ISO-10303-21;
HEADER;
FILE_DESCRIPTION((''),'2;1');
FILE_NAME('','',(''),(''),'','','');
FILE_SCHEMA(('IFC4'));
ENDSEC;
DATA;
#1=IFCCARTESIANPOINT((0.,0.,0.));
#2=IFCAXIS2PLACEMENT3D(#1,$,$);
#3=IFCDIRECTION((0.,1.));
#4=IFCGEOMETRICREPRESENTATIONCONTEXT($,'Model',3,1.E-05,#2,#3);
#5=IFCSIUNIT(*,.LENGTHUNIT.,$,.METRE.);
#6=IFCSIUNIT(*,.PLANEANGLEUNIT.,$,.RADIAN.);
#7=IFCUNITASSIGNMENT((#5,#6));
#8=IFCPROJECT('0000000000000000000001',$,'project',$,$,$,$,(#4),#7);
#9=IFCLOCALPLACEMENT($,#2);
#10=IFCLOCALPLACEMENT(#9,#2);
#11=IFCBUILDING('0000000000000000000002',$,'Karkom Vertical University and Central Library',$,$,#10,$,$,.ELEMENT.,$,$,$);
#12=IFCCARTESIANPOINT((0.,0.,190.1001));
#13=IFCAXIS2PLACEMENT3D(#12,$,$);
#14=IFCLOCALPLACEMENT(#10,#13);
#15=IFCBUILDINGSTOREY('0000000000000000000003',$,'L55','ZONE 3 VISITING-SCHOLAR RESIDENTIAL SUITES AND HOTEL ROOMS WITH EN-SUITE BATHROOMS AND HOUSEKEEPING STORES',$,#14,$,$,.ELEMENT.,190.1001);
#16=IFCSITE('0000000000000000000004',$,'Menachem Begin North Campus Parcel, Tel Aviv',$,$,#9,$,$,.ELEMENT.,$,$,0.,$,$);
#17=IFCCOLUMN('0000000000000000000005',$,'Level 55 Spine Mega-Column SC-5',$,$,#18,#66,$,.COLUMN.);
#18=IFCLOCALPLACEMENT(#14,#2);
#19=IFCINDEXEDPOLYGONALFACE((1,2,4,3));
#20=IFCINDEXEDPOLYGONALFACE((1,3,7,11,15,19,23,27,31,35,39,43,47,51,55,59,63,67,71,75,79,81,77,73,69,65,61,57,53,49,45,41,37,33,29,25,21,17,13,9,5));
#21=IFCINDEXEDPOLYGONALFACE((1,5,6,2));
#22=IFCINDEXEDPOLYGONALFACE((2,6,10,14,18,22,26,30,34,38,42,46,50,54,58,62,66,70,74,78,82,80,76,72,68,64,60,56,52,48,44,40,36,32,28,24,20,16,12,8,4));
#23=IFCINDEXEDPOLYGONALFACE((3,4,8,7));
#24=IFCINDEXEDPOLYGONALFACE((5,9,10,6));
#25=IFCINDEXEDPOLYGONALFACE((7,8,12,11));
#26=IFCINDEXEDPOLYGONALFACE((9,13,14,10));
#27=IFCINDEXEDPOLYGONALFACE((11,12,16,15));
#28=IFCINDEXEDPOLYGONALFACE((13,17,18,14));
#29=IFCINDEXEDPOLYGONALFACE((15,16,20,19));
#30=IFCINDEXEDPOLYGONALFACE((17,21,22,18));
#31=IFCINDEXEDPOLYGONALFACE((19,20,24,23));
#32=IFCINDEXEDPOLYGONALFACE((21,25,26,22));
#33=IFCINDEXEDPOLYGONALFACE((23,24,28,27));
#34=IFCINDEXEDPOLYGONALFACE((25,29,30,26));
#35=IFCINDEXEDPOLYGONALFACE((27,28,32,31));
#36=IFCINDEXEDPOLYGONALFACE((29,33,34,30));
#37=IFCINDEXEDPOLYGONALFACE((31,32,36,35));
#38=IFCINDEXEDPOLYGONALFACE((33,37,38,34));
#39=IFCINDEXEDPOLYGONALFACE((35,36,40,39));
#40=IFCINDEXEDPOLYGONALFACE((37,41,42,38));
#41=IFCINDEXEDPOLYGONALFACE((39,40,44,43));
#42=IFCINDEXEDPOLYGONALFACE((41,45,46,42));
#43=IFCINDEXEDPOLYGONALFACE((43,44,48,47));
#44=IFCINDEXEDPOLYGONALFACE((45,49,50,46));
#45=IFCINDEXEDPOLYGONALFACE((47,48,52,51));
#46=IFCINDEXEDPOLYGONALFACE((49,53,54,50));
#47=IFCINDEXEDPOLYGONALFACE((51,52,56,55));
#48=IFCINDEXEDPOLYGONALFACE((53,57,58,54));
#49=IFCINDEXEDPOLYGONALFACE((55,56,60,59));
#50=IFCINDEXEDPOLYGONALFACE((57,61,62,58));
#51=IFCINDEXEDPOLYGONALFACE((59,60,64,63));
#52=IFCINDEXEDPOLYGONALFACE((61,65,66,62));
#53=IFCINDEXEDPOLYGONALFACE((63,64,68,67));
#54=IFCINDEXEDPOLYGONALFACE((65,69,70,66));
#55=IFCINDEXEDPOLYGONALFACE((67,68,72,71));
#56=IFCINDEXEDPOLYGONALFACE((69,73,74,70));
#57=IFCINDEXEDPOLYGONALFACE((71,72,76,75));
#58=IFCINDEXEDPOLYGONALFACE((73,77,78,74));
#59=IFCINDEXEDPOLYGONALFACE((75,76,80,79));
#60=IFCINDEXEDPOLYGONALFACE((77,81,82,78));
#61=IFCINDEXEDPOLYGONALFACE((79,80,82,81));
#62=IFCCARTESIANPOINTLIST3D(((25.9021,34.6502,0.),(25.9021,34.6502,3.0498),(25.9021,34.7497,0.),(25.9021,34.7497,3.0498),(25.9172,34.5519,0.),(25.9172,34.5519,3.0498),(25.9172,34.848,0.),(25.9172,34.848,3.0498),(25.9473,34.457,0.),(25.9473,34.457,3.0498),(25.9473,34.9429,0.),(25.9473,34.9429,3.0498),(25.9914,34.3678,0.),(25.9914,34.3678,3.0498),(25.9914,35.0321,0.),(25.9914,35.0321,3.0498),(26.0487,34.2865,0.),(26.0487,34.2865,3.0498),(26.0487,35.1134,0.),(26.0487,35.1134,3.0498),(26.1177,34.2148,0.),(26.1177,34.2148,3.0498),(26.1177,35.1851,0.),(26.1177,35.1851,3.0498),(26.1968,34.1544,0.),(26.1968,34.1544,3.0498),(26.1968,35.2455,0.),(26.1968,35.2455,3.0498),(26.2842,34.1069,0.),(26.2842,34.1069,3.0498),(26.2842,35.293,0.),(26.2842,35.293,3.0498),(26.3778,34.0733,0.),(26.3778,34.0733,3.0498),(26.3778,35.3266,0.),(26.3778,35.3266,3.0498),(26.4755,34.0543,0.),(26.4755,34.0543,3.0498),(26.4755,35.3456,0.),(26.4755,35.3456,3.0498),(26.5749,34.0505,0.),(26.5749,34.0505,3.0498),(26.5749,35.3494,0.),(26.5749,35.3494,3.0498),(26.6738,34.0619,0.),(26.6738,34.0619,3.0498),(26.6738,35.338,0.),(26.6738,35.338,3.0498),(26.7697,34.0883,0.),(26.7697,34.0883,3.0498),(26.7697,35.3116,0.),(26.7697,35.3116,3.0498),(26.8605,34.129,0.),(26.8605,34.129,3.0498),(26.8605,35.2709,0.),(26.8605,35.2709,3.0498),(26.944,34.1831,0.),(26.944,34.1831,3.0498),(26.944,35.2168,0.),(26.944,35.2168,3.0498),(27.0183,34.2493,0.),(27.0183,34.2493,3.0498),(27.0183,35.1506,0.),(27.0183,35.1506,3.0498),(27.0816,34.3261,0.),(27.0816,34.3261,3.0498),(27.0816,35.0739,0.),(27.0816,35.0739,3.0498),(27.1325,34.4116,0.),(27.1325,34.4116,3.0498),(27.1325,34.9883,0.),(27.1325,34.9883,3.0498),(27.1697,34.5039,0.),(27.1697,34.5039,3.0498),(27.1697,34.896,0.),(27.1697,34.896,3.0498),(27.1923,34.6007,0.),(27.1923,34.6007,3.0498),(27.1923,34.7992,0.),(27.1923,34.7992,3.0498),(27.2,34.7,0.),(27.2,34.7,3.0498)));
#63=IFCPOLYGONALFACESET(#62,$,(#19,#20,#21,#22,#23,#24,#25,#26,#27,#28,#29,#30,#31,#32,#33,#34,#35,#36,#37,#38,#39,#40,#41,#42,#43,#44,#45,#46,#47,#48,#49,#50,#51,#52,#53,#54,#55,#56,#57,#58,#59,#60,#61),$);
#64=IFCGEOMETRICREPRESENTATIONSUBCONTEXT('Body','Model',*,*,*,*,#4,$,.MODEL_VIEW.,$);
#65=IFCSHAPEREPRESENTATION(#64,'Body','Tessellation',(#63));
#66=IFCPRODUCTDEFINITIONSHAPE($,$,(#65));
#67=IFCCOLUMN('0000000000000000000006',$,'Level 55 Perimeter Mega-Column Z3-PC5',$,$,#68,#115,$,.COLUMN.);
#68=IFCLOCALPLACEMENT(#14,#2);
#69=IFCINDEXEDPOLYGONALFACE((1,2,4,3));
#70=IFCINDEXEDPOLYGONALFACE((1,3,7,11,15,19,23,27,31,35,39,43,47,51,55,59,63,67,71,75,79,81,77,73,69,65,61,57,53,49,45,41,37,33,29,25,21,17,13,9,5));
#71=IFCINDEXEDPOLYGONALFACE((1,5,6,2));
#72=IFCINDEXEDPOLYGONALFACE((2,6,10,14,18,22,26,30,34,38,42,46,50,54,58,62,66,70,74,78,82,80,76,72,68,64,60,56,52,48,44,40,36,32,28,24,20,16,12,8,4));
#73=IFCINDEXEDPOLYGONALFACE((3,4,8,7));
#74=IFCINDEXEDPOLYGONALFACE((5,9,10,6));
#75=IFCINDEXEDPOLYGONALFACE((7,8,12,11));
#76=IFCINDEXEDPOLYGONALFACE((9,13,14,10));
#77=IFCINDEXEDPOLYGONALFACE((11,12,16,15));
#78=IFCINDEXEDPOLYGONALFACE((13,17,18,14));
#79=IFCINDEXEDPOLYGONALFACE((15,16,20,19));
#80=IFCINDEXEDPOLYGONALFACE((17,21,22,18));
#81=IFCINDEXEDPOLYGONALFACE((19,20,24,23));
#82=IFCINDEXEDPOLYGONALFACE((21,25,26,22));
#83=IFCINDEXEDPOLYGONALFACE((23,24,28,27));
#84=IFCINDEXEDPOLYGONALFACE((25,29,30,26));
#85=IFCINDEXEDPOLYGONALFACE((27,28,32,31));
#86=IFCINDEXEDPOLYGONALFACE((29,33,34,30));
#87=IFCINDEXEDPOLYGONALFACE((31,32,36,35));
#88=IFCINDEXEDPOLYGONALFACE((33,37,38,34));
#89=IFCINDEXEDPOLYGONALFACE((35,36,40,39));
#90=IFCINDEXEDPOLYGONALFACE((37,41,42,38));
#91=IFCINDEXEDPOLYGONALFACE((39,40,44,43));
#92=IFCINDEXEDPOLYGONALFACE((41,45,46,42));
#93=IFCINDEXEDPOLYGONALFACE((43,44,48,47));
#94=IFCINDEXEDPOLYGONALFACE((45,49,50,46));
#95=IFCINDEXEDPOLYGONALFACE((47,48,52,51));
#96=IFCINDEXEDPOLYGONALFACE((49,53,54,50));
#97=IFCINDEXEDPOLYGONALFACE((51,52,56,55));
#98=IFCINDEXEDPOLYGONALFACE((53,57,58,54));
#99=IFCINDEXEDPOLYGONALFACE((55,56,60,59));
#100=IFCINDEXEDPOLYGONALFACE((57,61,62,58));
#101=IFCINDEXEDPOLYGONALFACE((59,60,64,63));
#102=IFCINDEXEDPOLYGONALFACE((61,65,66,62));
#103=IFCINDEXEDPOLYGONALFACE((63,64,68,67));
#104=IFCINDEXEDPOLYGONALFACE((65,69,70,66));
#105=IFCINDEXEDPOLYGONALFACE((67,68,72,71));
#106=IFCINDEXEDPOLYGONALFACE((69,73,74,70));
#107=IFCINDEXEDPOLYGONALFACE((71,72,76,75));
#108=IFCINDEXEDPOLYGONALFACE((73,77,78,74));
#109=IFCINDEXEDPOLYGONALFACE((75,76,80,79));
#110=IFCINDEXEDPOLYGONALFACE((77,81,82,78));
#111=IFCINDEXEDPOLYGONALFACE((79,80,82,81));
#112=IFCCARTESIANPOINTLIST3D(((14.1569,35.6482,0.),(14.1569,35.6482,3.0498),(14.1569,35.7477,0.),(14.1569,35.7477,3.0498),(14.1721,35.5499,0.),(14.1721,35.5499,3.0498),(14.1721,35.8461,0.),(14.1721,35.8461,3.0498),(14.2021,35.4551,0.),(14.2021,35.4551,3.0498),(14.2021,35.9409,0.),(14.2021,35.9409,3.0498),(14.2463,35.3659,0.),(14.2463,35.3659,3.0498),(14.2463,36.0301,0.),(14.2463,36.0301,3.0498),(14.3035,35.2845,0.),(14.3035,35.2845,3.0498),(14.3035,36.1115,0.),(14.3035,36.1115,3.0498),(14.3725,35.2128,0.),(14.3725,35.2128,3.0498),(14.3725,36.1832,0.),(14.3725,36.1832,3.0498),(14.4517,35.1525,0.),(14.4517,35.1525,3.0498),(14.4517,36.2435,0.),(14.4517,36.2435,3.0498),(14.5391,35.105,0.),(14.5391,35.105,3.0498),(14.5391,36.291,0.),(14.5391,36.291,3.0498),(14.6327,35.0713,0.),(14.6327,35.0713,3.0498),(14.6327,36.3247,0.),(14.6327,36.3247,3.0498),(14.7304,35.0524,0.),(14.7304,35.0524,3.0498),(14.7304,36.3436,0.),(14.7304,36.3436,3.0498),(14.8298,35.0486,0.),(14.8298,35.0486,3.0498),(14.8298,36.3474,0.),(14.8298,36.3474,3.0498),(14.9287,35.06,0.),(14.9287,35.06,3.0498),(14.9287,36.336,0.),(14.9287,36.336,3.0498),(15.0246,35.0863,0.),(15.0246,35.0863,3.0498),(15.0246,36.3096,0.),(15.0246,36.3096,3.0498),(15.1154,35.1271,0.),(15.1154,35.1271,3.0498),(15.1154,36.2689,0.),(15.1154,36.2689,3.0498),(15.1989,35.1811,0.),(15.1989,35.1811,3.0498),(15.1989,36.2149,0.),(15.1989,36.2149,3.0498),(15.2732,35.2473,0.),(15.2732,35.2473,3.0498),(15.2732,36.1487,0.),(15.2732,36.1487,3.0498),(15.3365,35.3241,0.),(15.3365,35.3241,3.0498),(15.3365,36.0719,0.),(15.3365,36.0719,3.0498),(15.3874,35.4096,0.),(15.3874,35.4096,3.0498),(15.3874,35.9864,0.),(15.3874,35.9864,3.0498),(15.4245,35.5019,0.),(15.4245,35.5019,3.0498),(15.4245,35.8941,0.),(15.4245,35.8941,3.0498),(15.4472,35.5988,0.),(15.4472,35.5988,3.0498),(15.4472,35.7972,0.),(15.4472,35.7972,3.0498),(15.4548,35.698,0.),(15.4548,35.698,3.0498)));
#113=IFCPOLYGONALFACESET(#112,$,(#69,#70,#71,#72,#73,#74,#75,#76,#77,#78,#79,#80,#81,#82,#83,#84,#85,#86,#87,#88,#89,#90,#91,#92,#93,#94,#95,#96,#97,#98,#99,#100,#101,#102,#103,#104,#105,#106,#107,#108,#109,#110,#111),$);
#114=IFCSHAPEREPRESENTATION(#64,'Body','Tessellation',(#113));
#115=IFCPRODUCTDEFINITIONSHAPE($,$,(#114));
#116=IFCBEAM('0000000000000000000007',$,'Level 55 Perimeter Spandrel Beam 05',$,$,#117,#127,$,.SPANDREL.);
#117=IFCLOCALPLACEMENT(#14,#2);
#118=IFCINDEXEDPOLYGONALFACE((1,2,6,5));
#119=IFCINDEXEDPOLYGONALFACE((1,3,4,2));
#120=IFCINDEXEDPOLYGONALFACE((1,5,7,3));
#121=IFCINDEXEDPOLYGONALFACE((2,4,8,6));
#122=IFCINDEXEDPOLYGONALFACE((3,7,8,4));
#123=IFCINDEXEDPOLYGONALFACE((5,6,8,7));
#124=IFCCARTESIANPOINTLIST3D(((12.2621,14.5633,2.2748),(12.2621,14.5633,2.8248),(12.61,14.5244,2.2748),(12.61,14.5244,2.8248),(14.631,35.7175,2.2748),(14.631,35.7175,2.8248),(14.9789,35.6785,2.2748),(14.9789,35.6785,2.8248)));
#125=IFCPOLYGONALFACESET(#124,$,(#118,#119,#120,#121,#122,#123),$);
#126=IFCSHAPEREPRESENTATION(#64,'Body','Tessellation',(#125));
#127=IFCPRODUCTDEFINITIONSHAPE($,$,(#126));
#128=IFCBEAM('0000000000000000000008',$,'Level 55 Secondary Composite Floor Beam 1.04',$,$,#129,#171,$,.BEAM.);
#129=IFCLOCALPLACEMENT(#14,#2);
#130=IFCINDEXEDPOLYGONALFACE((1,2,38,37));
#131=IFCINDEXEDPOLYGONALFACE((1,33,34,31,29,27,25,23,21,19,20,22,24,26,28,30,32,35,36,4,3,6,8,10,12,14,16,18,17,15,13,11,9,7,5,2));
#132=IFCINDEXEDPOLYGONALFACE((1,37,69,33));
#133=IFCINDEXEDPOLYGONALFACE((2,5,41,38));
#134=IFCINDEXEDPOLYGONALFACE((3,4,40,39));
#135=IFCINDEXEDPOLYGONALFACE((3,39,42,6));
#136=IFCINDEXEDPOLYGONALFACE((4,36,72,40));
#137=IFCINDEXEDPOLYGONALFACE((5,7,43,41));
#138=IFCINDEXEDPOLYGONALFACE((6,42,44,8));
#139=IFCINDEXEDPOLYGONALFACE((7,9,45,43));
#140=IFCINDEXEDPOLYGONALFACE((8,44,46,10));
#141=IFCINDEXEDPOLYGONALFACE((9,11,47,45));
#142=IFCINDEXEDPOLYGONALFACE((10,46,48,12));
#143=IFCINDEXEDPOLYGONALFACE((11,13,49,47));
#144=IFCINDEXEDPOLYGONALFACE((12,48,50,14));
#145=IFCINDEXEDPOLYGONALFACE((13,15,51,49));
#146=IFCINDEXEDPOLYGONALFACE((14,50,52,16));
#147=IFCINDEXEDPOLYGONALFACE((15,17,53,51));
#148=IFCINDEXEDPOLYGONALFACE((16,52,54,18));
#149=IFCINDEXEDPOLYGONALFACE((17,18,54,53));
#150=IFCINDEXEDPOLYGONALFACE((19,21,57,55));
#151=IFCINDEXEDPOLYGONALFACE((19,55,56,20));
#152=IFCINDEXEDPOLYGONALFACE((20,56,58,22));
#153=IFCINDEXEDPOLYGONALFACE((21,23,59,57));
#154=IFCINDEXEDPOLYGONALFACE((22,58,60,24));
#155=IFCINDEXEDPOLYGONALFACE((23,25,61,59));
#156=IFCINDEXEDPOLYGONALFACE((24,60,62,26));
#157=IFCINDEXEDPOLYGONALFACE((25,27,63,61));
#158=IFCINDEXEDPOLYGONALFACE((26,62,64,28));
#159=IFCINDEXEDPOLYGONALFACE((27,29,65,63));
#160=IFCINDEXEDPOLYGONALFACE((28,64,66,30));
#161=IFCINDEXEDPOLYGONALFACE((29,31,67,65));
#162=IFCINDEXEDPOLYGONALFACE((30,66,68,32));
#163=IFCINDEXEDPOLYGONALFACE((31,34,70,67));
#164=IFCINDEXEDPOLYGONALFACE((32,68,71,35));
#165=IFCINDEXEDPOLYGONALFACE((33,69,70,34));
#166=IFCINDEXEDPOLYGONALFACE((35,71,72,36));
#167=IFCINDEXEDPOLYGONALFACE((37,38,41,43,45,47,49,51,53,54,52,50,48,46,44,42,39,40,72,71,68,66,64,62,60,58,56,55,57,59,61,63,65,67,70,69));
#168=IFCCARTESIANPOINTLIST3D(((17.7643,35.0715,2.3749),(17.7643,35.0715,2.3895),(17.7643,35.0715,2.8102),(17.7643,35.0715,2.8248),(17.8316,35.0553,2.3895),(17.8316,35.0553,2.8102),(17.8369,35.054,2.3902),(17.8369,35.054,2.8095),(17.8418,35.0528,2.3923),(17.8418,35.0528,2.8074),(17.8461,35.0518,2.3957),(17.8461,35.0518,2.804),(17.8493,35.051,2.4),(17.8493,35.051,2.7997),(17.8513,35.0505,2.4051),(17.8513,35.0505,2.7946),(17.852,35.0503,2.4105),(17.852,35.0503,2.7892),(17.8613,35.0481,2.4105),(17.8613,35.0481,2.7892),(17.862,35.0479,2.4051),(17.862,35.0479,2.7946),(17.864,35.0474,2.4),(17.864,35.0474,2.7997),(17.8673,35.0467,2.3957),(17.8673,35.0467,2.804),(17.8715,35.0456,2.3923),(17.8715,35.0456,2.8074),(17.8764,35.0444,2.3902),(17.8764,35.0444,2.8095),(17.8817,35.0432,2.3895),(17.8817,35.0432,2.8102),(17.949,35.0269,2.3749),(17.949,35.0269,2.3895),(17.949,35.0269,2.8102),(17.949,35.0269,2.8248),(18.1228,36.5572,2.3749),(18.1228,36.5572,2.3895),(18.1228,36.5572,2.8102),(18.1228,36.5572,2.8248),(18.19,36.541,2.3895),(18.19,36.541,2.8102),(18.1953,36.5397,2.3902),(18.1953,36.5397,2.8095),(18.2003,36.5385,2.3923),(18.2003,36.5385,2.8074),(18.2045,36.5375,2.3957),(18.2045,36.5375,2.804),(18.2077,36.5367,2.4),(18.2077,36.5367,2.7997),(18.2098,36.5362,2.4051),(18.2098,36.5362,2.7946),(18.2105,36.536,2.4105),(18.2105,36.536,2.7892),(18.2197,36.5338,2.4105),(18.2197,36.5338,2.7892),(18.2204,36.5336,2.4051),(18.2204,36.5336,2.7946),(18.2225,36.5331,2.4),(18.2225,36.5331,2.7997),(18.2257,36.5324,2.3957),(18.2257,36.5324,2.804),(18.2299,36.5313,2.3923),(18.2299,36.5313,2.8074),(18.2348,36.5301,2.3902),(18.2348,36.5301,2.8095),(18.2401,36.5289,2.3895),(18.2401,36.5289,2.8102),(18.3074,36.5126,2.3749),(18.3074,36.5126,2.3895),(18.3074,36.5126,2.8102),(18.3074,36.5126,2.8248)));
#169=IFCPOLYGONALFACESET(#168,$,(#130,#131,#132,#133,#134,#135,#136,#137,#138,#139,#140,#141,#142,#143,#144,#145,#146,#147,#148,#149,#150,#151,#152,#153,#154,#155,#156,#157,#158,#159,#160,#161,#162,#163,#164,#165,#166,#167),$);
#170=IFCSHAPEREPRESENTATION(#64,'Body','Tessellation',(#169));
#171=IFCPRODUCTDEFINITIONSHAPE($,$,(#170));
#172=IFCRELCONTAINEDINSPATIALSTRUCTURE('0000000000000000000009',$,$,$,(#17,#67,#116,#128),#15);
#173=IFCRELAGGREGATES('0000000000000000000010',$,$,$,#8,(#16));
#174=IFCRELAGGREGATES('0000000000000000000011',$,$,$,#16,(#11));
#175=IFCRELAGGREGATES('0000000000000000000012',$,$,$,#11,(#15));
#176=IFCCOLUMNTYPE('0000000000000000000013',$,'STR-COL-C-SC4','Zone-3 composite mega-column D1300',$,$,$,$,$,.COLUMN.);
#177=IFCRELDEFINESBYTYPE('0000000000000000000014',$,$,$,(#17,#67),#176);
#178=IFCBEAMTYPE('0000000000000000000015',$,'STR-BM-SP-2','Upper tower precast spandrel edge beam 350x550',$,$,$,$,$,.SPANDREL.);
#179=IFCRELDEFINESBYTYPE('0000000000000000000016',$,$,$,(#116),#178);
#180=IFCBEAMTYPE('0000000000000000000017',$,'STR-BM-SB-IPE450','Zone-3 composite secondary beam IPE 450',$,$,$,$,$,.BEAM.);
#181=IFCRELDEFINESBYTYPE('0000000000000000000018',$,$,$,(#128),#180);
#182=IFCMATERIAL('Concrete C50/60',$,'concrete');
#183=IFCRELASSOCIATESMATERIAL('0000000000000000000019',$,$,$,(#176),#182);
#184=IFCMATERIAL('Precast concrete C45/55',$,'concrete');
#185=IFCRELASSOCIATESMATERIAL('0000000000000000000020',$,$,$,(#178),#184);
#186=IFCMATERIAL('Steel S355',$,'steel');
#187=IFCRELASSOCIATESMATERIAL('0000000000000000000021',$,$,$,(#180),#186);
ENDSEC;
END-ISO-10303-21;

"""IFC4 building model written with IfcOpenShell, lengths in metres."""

from ifc_helpers import new_model, si_unit, direction, frame, origin, origin_with_axes, origin_2d, place, context, subcontext, project, spatial, rectangle, circle, i_section, extrude, source, transform, mapped, material, material_profile, profile_set, type_object, element, save


model = new_model("IFC4")

# Units and contexts
model_context = context("Model", 3, precision=1e-05, world=origin(), true_north=direction((0.0, 1.0)))
body_context = subcontext(model_context, "Body", "Model", "MODEL_VIEW")
ifc_project = project(units=[si_unit("LENGTHUNIT", "METRE"), si_unit("PLANEANGLEUNIT", "RADIAN")], contexts=[model_context])

# Site, building, storey
site_placement = place(None, origin())
site = spatial("IfcSite", under=ifc_project, at=site_placement, Name="Menachem Begin North Campus Parcel, Tel Aviv", CompositionType="ELEMENT", RefElevation=0.0)
building_placement = place(site_placement, origin())
building = spatial("IfcBuilding", under=site, at=building_placement, Name="Karkom Vertical University and Central Library", CompositionType="ELEMENT")
storey_placement = place(building_placement, frame((0.0, 0.0, 190.1001)))
storey = spatial("IfcBuildingStorey", under=building, at=storey_placement, Name="L55", Description="ZONE 3 VISITING-SCHOLAR RESIDENTIAL SUITES AND HOTEL ROOMS WITH EN-SUITE BATHROOMS AND HOUSEKEEPING STORES", CompositionType="ELEMENT", Elevation=190.1001)

# Columns
ifc_material_1 = material(Name="Concrete C50/60", Category="concrete")
ifc_material_profile_1 = material_profile(ifc_material_1, circle(Radius=0.6499, at=origin_2d()), Name="CFT-D1300")
ifc_profile_set_1 = profile_set([ifc_material_profile_1], Name="Concrete C50/60")
column_type = type_object("IfcColumnType", Name="STR-COL-C-SC4", Description="Zone-3 composite mega-column D1300", PredefinedType="COLUMN", material=ifc_profile_set_1)
shared_shape_1 = source(origin_with_axes(), body_context, "Body", "SweptSolid", [
    extrude(circle(Radius=0.6499, at=origin_2d()), origin(), (0.0, 0.0, 1.0), 3.0498),
])
for number, where, z_axis, x_axis, name in (
    (1, (26.55, 34.7, 0.0), (0.0, 0.0, 1.0), (1.0, 0.0, 0.0), "Level 55 Spine Mega-Column SC-5"),
    (2, (14.8049, 35.698, 0.0), (0.0, 0.0, 1.0), (1.0, 0.0, 0.0), "Level 55 Perimeter Mega-Column Z3-PC5"),
):
    element("IfcColumn", number, at=place(storey_placement, frame(where, z_axis=z_axis, x_axis=x_axis)), inside=storey, type_object=column_type, Name=name, PredefinedType="COLUMN", context=body_context, shape_type="MappedRepresentation", body=[
        mapped(shared_shape_1, transform((0.0, 0.0, 0.0), scale=1.0)),
    ])

# Beams
ifc_material_2 = material(Name="Precast concrete C45/55", Category="concrete")
ifc_material_profile_2 = material_profile(ifc_material_2, rectangle(XDim=0.3501, YDim=0.55, at=origin_2d()), Name="SPB-350x550")
ifc_profile_set_2 = profile_set([ifc_material_profile_2], Name="Precast concrete C45/55")
beam_type_1 = type_object("IfcBeamType", Name="STR-BM-SP-2", Description="Upper tower precast spandrel edge beam 350x550", PredefinedType="SPANDREL", material=ifc_profile_set_2)
shared_shape_2 = source(origin_with_axes(), body_context, "Body", "SweptSolid", [
    extrude(rectangle(XDim=0.3501, YDim=0.55, at=origin_2d()), origin(), (0.0, 0.0, 1.0), 21.2864),
])
beam_1_placement = place(storey_placement, frame((14.8049, 35.698, 2.5498), z_axis=(-0.111287, -0.993788, 0.0), x_axis=(0.993788, -0.111287, 0.0)))
element("IfcBeam", 3, at=beam_1_placement, inside=storey, type_object=beam_type_1, Name="Level 55 Perimeter Spandrel Beam 05", PredefinedType="SPANDREL", context=body_context, shape_type="MappedRepresentation", body=[
    mapped(shared_shape_2, transform((0.0, 0.0, 0.0), scale=1.0)),
])
ifc_material_3 = material(Name="Steel S355", Category="steel")
ifc_material_profile_3 = material_profile(ifc_material_3, i_section(OverallWidth=0.1899, OverallDepth=0.45, WebThickness=0.0095, FlangeThickness=0.0146, FilletRadius=0.021, at=origin_2d()), Name="IPE 450")
ifc_profile_set_3 = profile_set([ifc_material_profile_3], Name="Steel S355")
beam_type_2 = type_object("IfcBeamType", Name="STR-BM-SB-IPE450", Description="Zone-3 composite secondary beam IPE 450", PredefinedType="BEAM", material=ifc_profile_set_3)
shared_shape_3 = source(origin_with_axes(), body_context, "Body", "SweptSolid", [
    extrude(i_section(OverallWidth=0.1899, OverallDepth=0.45, WebThickness=0.0095, FlangeThickness=0.0146, FilletRadius=0.021, at=origin_2d()), origin(), (0.0, 0.0, 1.0), 1.5283),
])
beam_2_placement = place(storey_placement, frame((18.2151, 36.5349, 2.5999), z_axis=(-0.234521, -0.972111, 0.0), x_axis=(0.972111, -0.234521, 0.0)))
element("IfcBeam", 4, at=beam_2_placement, inside=storey, type_object=beam_type_2, Name="Level 55 Secondary Composite Floor Beam 1.04", PredefinedType="BEAM", context=body_context, shape_type="MappedRepresentation", body=[
    mapped(shared_shape_3, transform((0.0, 0.0, 0.0), scale=1.0)),
])

save(model, "model.ifc")
